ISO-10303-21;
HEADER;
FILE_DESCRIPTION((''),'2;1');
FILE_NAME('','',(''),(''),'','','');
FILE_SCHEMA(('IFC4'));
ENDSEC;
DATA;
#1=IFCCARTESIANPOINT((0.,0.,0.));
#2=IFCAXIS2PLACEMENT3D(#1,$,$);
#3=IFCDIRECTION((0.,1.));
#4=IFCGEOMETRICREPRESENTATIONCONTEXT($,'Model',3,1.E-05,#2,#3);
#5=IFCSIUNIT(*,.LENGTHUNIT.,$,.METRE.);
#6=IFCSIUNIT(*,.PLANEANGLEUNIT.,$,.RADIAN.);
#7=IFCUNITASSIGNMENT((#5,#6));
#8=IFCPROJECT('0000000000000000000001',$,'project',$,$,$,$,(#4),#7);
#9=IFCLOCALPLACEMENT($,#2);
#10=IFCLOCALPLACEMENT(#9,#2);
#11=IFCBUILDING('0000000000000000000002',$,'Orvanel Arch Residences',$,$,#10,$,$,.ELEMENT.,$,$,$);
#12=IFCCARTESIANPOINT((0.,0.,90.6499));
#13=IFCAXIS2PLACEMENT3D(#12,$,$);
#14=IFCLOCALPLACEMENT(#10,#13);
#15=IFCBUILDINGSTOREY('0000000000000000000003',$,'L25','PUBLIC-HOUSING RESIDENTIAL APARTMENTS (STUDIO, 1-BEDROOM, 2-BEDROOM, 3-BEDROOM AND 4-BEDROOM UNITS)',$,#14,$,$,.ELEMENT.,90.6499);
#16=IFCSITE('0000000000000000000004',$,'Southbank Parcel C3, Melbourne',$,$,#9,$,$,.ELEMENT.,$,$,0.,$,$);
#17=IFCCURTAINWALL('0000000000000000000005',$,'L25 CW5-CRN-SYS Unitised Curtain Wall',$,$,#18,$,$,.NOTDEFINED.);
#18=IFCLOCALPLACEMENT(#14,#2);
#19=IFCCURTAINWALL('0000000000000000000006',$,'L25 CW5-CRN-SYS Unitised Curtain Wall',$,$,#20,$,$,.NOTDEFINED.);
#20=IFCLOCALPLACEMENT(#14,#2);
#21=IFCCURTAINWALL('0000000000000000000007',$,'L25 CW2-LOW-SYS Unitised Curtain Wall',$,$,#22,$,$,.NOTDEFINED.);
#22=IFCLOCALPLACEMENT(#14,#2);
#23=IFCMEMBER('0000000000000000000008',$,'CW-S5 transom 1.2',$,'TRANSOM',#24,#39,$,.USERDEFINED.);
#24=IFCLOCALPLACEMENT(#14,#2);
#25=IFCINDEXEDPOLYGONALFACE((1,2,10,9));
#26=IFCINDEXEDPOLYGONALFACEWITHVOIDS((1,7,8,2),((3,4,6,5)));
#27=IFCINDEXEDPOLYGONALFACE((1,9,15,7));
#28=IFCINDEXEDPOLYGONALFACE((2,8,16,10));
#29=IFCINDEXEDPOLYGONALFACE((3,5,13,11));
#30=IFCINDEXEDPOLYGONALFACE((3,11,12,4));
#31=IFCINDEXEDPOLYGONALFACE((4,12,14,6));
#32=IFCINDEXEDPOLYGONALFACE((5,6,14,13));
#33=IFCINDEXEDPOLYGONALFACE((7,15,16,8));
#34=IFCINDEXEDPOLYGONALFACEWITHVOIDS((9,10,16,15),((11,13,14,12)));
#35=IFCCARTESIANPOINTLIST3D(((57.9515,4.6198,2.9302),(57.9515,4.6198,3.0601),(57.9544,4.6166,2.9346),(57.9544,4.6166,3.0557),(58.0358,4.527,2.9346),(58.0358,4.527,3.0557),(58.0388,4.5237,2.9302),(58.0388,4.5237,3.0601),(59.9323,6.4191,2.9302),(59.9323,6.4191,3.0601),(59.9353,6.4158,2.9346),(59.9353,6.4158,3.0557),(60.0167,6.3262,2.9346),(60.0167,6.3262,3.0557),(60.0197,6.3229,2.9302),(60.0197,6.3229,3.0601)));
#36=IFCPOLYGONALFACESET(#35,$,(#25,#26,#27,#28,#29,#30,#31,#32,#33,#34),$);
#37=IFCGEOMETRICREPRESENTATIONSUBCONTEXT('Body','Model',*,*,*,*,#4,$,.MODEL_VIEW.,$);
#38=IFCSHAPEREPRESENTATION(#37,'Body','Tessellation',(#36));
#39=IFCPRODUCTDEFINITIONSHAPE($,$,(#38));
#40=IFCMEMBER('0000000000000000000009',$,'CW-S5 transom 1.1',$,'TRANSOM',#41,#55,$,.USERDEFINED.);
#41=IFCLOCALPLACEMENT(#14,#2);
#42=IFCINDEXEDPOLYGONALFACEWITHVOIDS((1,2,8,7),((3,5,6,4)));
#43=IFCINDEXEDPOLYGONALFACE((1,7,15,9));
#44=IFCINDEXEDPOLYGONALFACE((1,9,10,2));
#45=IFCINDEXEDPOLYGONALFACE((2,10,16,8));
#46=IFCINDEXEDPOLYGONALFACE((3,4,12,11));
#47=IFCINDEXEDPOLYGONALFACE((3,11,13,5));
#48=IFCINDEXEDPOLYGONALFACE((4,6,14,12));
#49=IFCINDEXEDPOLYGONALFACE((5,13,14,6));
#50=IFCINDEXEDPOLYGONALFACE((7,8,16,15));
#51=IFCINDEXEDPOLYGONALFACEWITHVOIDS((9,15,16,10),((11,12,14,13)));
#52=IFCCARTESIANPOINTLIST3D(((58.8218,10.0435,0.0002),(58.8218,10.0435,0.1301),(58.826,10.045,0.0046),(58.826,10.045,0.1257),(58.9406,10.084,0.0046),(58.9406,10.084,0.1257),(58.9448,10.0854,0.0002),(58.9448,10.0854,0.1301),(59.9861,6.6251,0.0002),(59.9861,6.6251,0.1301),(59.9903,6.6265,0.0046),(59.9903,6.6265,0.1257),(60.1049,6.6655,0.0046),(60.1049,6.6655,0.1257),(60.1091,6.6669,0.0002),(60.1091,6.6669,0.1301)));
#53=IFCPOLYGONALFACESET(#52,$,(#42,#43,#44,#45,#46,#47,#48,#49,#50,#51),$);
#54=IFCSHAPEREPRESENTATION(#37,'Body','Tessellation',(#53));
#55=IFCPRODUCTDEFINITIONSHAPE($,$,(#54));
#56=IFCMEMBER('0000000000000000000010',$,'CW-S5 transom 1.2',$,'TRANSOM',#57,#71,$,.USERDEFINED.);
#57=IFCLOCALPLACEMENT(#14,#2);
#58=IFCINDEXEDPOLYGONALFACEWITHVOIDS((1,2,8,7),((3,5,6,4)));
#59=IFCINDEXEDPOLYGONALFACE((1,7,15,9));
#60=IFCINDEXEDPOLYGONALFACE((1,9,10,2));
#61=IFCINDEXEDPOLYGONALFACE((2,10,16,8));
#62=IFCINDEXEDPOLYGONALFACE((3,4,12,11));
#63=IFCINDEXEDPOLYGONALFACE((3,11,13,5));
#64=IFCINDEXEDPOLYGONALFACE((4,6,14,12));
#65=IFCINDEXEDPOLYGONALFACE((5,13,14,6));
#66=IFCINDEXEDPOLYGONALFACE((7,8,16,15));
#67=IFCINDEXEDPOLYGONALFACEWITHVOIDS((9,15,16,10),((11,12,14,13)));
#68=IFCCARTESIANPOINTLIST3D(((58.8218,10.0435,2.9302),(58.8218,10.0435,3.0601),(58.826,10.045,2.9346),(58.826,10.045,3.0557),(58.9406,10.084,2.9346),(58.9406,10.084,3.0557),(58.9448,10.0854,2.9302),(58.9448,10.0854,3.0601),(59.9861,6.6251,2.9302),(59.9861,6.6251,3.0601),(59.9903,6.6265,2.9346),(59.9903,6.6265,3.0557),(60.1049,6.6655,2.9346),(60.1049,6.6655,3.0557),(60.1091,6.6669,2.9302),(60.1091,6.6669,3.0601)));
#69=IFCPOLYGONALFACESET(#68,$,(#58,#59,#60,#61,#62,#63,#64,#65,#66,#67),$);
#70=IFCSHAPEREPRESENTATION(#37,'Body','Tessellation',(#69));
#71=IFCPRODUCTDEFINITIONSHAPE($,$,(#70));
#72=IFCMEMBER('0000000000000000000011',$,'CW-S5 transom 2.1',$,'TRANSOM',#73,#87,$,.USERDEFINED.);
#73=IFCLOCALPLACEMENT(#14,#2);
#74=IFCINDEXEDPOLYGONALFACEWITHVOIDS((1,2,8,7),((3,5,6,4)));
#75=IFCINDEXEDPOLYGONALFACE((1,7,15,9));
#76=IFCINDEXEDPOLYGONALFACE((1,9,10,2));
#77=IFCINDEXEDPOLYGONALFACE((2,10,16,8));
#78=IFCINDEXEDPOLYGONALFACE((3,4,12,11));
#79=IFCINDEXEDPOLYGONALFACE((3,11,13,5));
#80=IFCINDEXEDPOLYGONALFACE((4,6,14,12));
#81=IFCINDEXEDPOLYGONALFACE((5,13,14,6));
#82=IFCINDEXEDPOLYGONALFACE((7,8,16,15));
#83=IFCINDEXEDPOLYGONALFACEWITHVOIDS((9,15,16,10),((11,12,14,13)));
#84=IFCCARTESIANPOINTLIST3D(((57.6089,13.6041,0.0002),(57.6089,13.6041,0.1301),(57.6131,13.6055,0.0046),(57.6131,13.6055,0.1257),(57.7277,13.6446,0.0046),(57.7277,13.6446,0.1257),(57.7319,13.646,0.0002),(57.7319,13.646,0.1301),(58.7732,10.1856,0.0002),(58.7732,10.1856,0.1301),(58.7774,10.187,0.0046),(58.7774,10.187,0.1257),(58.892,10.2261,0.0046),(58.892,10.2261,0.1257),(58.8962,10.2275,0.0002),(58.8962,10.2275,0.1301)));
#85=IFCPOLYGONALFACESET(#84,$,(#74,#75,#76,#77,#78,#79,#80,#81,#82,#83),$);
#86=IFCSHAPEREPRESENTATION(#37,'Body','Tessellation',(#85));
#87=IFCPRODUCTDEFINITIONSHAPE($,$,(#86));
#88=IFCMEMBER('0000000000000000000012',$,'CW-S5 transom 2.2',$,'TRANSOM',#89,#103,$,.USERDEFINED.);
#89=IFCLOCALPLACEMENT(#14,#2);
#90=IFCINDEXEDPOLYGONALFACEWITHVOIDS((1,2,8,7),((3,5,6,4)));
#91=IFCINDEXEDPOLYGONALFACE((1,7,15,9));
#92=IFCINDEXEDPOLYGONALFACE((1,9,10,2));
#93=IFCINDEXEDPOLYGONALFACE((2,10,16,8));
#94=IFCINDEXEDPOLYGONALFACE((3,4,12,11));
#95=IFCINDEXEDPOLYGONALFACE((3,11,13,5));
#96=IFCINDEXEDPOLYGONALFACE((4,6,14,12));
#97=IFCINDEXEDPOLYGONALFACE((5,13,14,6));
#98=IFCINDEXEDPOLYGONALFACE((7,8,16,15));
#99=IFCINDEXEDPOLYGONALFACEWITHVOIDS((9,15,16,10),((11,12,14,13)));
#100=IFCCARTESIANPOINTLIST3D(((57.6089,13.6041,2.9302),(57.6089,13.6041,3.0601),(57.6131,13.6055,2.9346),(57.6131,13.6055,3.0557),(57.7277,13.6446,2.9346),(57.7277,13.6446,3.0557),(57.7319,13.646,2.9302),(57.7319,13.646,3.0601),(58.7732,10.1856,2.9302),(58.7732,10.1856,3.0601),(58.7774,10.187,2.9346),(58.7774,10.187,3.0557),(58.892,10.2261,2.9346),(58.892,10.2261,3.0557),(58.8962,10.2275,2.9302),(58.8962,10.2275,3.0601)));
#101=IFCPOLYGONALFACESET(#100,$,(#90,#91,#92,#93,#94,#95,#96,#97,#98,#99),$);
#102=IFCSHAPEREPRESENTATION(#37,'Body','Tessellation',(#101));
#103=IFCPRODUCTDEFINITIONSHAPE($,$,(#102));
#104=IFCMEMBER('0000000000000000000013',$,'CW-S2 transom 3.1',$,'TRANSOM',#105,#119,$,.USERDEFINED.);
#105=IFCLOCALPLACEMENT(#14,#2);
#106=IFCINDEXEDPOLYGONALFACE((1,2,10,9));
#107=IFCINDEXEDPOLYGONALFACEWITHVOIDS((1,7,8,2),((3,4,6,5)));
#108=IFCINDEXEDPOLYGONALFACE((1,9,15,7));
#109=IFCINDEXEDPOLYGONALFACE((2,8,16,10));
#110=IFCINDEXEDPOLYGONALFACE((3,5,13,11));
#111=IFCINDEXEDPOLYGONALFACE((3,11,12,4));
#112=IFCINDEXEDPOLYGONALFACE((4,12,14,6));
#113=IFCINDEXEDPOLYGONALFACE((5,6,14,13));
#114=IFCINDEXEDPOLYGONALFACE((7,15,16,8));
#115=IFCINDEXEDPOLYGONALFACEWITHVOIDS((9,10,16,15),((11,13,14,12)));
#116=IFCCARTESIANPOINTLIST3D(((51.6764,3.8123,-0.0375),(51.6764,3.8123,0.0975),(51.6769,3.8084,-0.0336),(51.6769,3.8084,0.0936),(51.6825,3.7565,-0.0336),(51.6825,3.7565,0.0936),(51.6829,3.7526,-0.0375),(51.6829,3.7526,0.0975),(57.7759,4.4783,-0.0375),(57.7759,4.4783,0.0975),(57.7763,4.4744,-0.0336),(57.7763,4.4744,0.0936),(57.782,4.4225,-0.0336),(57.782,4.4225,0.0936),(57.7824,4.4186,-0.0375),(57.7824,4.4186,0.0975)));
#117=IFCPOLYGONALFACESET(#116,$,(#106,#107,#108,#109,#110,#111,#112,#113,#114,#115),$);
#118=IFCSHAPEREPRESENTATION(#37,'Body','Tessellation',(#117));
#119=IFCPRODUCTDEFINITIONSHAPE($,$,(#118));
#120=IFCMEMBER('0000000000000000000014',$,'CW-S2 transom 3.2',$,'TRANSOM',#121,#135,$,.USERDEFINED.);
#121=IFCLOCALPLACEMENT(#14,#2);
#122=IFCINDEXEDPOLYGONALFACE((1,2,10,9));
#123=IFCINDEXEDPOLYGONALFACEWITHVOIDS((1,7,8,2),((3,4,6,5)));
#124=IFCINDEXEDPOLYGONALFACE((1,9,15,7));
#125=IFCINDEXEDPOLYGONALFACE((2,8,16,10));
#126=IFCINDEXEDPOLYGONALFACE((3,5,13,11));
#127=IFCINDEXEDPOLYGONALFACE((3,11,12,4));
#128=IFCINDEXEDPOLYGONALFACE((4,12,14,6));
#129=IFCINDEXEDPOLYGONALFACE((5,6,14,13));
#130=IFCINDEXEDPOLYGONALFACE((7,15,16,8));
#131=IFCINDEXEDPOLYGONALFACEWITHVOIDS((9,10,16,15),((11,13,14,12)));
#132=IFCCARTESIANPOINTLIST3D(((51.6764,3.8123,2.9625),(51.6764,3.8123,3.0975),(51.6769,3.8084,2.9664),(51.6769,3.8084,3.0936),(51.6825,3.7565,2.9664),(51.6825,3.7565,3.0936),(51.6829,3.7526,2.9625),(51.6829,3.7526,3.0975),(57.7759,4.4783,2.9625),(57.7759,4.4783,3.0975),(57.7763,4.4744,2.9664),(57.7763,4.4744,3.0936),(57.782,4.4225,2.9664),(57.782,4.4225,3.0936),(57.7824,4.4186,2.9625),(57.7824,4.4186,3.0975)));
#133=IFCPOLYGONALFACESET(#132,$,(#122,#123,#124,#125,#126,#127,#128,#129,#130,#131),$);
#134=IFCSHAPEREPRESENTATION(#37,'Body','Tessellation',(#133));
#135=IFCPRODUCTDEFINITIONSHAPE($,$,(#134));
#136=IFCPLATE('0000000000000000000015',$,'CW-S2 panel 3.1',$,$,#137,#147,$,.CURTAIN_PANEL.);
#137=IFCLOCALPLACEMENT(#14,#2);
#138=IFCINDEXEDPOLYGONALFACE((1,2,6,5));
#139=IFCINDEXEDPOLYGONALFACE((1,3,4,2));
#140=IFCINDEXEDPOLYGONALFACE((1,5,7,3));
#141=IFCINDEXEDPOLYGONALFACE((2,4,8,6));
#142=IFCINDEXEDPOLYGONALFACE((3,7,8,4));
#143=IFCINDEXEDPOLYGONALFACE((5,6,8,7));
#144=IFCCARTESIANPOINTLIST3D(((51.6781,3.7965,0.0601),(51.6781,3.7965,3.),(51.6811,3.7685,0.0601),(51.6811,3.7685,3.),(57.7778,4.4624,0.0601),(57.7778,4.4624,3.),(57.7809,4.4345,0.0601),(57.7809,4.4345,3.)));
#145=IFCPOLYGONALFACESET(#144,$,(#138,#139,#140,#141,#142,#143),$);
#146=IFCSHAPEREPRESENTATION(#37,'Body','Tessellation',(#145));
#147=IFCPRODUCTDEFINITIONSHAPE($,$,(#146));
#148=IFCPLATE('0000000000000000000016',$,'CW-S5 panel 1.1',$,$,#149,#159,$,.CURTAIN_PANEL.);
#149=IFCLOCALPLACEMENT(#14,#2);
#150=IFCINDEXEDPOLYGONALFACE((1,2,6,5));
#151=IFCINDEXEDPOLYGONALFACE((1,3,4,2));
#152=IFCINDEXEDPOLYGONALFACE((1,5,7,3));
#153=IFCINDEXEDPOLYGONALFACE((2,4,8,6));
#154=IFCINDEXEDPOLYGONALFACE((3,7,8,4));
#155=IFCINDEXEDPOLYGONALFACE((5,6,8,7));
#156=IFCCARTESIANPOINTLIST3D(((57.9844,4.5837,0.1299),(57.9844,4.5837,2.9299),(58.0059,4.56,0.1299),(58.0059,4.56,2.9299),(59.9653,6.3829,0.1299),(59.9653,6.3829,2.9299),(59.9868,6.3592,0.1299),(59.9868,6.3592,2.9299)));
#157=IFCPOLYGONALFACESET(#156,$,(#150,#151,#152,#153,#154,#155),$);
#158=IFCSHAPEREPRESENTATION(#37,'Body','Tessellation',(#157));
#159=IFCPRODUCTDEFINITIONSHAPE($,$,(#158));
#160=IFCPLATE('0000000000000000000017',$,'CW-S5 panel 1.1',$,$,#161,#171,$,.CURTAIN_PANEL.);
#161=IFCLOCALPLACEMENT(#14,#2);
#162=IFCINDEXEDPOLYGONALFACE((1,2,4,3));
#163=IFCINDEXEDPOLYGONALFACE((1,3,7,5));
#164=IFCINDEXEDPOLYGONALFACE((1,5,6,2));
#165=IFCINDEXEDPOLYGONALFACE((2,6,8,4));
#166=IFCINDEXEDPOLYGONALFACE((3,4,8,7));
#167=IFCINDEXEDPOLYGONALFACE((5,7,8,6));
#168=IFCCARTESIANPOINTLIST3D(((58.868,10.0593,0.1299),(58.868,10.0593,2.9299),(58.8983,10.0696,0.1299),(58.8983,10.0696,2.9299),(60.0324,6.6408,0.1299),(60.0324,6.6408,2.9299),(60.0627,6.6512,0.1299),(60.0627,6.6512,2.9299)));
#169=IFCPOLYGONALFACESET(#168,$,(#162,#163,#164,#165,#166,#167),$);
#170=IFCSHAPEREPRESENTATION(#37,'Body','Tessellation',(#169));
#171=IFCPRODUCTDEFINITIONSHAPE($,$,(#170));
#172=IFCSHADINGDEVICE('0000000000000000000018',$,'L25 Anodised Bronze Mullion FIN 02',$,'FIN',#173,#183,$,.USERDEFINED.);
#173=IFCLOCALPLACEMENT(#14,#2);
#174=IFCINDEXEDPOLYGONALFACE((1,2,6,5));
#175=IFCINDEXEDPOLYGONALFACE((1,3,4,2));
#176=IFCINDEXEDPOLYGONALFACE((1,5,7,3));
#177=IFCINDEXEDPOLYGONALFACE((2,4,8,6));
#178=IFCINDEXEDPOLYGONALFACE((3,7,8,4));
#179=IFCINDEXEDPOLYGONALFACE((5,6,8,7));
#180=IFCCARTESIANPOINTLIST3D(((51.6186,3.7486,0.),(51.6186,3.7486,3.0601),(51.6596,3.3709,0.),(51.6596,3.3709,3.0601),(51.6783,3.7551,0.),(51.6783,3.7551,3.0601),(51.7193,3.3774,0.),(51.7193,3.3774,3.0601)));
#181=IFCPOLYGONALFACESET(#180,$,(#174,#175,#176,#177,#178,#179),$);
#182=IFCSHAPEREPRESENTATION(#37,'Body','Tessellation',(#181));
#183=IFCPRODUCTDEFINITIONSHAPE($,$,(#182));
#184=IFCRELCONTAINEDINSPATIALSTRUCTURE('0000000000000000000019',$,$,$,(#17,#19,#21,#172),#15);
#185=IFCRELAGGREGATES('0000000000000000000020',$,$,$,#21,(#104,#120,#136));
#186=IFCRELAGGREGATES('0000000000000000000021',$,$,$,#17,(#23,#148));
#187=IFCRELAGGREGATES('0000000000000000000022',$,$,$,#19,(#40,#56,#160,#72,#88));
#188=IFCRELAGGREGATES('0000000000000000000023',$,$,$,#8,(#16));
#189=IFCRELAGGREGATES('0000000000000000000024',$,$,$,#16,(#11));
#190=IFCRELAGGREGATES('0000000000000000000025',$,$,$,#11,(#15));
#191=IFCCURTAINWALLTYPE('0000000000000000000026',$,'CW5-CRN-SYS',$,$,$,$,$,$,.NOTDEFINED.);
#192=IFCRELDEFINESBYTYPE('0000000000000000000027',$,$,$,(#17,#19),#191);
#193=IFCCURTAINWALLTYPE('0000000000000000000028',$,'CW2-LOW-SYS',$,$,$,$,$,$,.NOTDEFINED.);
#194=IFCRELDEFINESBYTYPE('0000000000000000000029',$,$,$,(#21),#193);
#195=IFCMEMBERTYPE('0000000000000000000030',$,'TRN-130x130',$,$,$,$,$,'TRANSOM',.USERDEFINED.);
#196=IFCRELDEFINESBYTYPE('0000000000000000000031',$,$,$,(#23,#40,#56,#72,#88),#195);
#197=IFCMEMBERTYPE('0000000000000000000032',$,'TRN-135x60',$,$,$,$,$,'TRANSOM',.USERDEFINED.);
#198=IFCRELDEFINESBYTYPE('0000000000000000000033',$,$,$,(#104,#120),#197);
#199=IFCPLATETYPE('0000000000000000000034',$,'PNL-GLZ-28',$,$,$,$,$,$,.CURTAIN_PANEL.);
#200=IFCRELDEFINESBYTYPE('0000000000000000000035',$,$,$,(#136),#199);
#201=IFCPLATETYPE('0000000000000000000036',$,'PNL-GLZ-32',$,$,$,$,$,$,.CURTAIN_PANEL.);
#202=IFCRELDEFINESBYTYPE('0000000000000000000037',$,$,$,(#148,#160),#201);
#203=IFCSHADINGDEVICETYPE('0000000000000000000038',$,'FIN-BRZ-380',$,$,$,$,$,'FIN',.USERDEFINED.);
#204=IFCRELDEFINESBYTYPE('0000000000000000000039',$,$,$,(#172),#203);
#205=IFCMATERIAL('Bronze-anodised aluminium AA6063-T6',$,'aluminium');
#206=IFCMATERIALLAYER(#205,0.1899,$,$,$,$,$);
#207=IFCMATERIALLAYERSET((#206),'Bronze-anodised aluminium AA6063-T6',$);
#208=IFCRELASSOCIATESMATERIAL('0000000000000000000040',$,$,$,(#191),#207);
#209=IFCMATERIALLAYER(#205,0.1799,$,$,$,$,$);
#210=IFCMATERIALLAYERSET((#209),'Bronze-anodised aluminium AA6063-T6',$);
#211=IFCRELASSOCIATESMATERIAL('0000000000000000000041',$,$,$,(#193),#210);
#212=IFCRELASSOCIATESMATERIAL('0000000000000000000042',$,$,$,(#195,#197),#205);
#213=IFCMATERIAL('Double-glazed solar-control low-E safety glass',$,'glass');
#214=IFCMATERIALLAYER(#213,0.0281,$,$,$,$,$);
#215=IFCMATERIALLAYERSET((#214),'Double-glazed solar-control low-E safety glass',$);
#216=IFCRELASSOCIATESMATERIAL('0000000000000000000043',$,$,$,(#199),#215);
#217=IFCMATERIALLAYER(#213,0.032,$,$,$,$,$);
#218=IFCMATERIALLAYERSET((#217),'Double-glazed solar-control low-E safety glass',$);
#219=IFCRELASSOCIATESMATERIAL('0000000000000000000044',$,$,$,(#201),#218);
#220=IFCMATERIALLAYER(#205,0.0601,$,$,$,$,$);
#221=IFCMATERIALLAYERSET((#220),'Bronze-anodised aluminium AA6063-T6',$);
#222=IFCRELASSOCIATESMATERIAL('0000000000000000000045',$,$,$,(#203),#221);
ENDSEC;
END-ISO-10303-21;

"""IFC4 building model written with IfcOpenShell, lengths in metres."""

from ifc_helpers import new_model, si_unit, direction, frame, origin, origin_2d, place, context, subcontext, project, spatial, rectangle, hollow_rectangle, extrude, material, layer, layer_set, material_profile, profile_set, type_object, element, aggregate, save


model = new_model("IFC4")

# Units and contexts
model_context = context("Model", 3, precision=1e-05, world=origin(), true_north=direction((0.0, 1.0)))
body_context = subcontext(model_context, "Body", "Model", "MODEL_VIEW")
ifc_project = project(units=[si_unit("LENGTHUNIT", "METRE"), si_unit("PLANEANGLEUNIT", "RADIAN")], contexts=[model_context])

# Site, building, storey
site_placement = place(None, origin())
site = spatial("IfcSite", under=ifc_project, at=site_placement, Name="Southbank Parcel C3, Melbourne", CompositionType="ELEMENT", RefElevation=0.0)
building_placement = place(site_placement, origin())
building = spatial("IfcBuilding", under=site, at=building_placement, Name="Orvanel Arch Residences", CompositionType="ELEMENT")
storey_placement = place(building_placement, frame((0.0, 0.0, 90.6499)))
storey = spatial("IfcBuildingStorey", under=building, at=storey_placement, Name="L25", Description="PUBLIC-HOUSING RESIDENTIAL APARTMENTS (STUDIO, 1-BEDROOM, 2-BEDROOM, 3-BEDROOM AND 4-BEDROOM UNITS)", CompositionType="ELEMENT", Elevation=90.6499)

# Curtain walls
ifc_material_1 = material(Name="Bronze-anodised aluminium AA6063-T6", Category="aluminium")
ifc_layer_1 = layer(ifc_material_1, 0.1899)
ifc_layer_set_1 = layer_set([ifc_layer_1], Name="Bronze-anodised aluminium AA6063-T6")
curtain_wall_type_1 = type_object("IfcCurtainWallType", Name="CW5-CRN-SYS", PredefinedType="NOTDEFINED", material=ifc_layer_set_1)
curtain_wall_1_placement = place(storey_placement, origin())
curtain_wall_1 = element("IfcCurtainWall", 1, at=curtain_wall_1_placement, inside=storey, type_object=curtain_wall_type_1, Name="L25 CW5-CRN-SYS Unitised Curtain Wall", PredefinedType="NOTDEFINED")
curtain_wall_2_placement = place(storey_placement, origin())
curtain_wall_2 = element("IfcCurtainWall", 2, at=curtain_wall_2_placement, inside=storey, type_object=curtain_wall_type_1, Name="L25 CW5-CRN-SYS Unitised Curtain Wall", PredefinedType="NOTDEFINED")
ifc_layer_2 = layer(ifc_material_1, 0.1799)
ifc_layer_set_2 = layer_set([ifc_layer_2], Name="Bronze-anodised aluminium AA6063-T6")
curtain_wall_type_2 = type_object("IfcCurtainWallType", Name="CW2-LOW-SYS", PredefinedType="NOTDEFINED", material=ifc_layer_set_2)
curtain_wall_3_placement = place(storey_placement, origin())
curtain_wall_3 = element("IfcCurtainWall", 3, at=curtain_wall_3_placement, inside=storey, type_object=curtain_wall_type_2, Name="L25 CW2-LOW-SYS Unitised Curtain Wall", PredefinedType="NOTDEFINED")

# Members
ifc_material_profile_1 = material_profile(ifc_material_1, hollow_rectangle(XDim=0.1299, YDim=0.1299, WallThickness=0.0044, at=origin_2d()), Name="ALU130x130x4.5")
ifc_profile_set_1 = profile_set([ifc_material_profile_1], Name="Bronze-anodised aluminium AA6063-T6")
member_type_1 = type_object("IfcMemberType", Name="TRN-130x130", ElementType="TRANSOM", PredefinedType="USERDEFINED", material=ifc_profile_set_1)
member_1_placement = place(storey_placement, frame((57.9951, 4.5718, 2.9951), z_axis=(0.740229, 0.672355, 0.0), x_axis=(-0.672355, 0.740229, 0.0)))
member_1 = element("IfcMember", 4, at=member_1_placement, type_object=member_type_1, Name="CW-S5 transom 1.2", ObjectType="TRANSOM", PredefinedType="USERDEFINED", context=body_context, shape_type="SweptSolid", body=[
    extrude(hollow_rectangle(XDim=0.1299, YDim=0.1299, WallThickness=0.0044, at=origin_2d()), origin(), (0.0, 0.0, 1.0), 2.676),
])
member_2_placement = place(storey_placement, frame((60.0476, 6.646, 0.0652), z_axis=(-0.322407, 0.946601, 0.0), x_axis=(-0.946601, -0.322407, 0.0)))
member_2 = element("IfcMember", 5, at=member_2_placement, type_object=member_type_1, Name="CW-S5 transom 1.1", ObjectType="TRANSOM", PredefinedType="USERDEFINED", context=body_context, shape_type="SweptSolid", body=[
    extrude(hollow_rectangle(XDim=0.1299, YDim=0.1299, WallThickness=0.0044, at=origin_2d()), origin(), (0.0, 0.0, 1.0), 3.6113),
])
member_3_placement = place(storey_placement, frame((60.0476, 6.646, 2.9951), z_axis=(-0.322407, 0.946601, 0.0), x_axis=(-0.946601, -0.322407, 0.0)))
member_3 = element("IfcMember", 6, at=member_3_placement, type_object=member_type_1, Name="CW-S5 transom 1.2", ObjectType="TRANSOM", PredefinedType="USERDEFINED", context=body_context, shape_type="SweptSolid", body=[
    extrude(hollow_rectangle(XDim=0.1299, YDim=0.1299, WallThickness=0.0044, at=origin_2d()), origin(), (0.0, 0.0, 1.0), 3.6113),
])
member_4_placement = place(storey_placement, frame((58.8347, 10.2065, 0.0652), z_axis=(-0.322407, 0.946601, 0.0), x_axis=(-0.946601, -0.322407, 0.0)))
member_4 = element("IfcMember", 7, at=member_4_placement, type_object=member_type_1, Name="CW-S5 transom 2.1", ObjectType="TRANSOM", PredefinedType="USERDEFINED", context=body_context, shape_type="SweptSolid", body=[
    extrude(hollow_rectangle(XDim=0.1299, YDim=0.1299, WallThickness=0.0044, at=origin_2d()), origin(), (0.0, 0.0, 1.0), 3.6113),
])
member_5_placement = place(storey_placement, frame((58.8347, 10.2065, 2.9951), z_axis=(-0.322407, 0.946601, 0.0), x_axis=(-0.946601, -0.322407, 0.0)))
member_5 = element("IfcMember", 8, at=member_5_placement, type_object=member_type_1, Name="CW-S5 transom 2.2", ObjectType="TRANSOM", PredefinedType="USERDEFINED", context=body_context, shape_type="SweptSolid", body=[
    extrude(hollow_rectangle(XDim=0.1299, YDim=0.1299, WallThickness=0.0044, at=origin_2d()), origin(), (0.0, 0.0, 1.0), 3.6113),
])
ifc_material_profile_2 = material_profile(ifc_material_1, hollow_rectangle(XDim=0.0601, YDim=0.135, WallThickness=0.0039, at=origin_2d()), Name="ALU135x60x4")
ifc_profile_set_2 = profile_set([ifc_material_profile_2], Name="Bronze-anodised aluminium AA6063-T6")
member_type_2 = type_object("IfcMemberType", Name="TRN-135x60", ElementType="TRANSOM", PredefinedType="USERDEFINED", material=ifc_profile_set_2)
member_6_placement = place(storey_placement, frame((51.6797, 3.7825, 0.03), z_axis=(0.994092, 0.108545, 0.0), x_axis=(-0.108545, 0.994092, 0.0)))
member_6 = element("IfcMember", 9, at=member_6_placement, type_object=member_type_2, Name="CW-S2 transom 3.1", ObjectType="TRANSOM", PredefinedType="USERDEFINED", context=body_context, shape_type="SweptSolid", body=[
    extrude(hollow_rectangle(XDim=0.0601, YDim=0.135, WallThickness=0.0039, at=origin_2d()), origin(), (0.0, 0.0, 1.0), 6.1357),
])
member_7_placement = place(storey_placement, frame((51.6797, 3.7825, 3.03), z_axis=(0.994092, 0.108545, 0.0), x_axis=(-0.108545, 0.994092, 0.0)))
member_7 = element("IfcMember", 10, at=member_7_placement, type_object=member_type_2, Name="CW-S2 transom 3.2", ObjectType="TRANSOM", PredefinedType="USERDEFINED", context=body_context, shape_type="SweptSolid", body=[
    extrude(hollow_rectangle(XDim=0.0601, YDim=0.135, WallThickness=0.0039, at=origin_2d()), origin(), (0.0, 0.0, 1.0), 6.1357),
])

# Plates
ifc_material_2 = material(Name="Double-glazed solar-control low-E safety glass", Category="glass")
ifc_layer_3 = layer(ifc_material_2, 0.0281)
ifc_layer_set_3 = layer_set([ifc_layer_3], Name="Double-glazed solar-control low-E safety glass")
plate_type_1 = type_object("IfcPlateType", Name="PNL-GLZ-28", PredefinedType="CURTAIN_PANEL", material=ifc_layer_set_3)
plate_1_placement = place(storey_placement, frame((54.7295, 4.1155, 0.0601), z_axis=(0.0, 0.0, 1.0), x_axis=(0.994093, 0.108532, 0.0)))
plate_1 = element("IfcPlate", 11, at=plate_1_placement, type_object=plate_type_1, Name="CW-S2 panel 3.1", PredefinedType="CURTAIN_PANEL", context=body_context, shape_type="SweptSolid", body=[
    extrude(rectangle(XDim=6.136, YDim=0.0281, at=origin_2d()), origin(), (0.0, 0.0, 1.0), 2.9399),
])
aggregate(curtain_wall_3, [member_6, member_7, plate_1])
ifc_layer_4 = layer(ifc_material_2, 0.032)
ifc_layer_set_4 = layer_set([ifc_layer_4], Name="Double-glazed solar-control low-E safety glass")
plate_type_2 = type_object("IfcPlateType", Name="PNL-GLZ-32", PredefinedType="CURTAIN_PANEL", material=ifc_layer_set_4)
plate_2_placement = place(storey_placement, frame((58.9856, 5.4714, 0.1299), z_axis=(0.0, 0.0, 1.0), x_axis=(0.740229, 0.672355, 0.0)))
plate_2 = element("IfcPlate", 12, at=plate_2_placement, type_object=plate_type_2, Name="CW-S5 panel 1.1", PredefinedType="CURTAIN_PANEL", context=body_context, shape_type="SweptSolid", body=[
    extrude(rectangle(XDim=2.676, YDim=0.032, at=origin_2d()), origin(), (0.0, 0.0, 1.0), 2.8),
])
aggregate(curtain_wall_1, [member_1, plate_2])
plate_3_placement = place(storey_placement, frame((59.4653, 8.3552, 0.1299), z_axis=(0.0, 0.0, 1.0), x_axis=(-0.322438, 0.946591, 0.0)))
plate_3 = element("IfcPlate", 13, at=plate_3_placement, type_object=plate_type_2, Name="CW-S5 panel 1.1", PredefinedType="CURTAIN_PANEL", context=body_context, shape_type="SweptSolid", body=[
    extrude(rectangle(XDim=3.6113, YDim=0.032, at=origin_2d()), origin(), (0.0, 0.0, 1.0), 2.8),
])
aggregate(curtain_wall_2, [member_2, member_3, plate_3, member_4, member_5])

# Shading device
ifc_layer_5 = layer(ifc_material_1, 0.0601)
ifc_layer_set_5 = layer_set([ifc_layer_5], Name="Bronze-anodised aluminium AA6063-T6")
shading_device_type = type_object("IfcShadingDeviceType", Name="FIN-BRZ-380", ElementType="FIN", PredefinedType="USERDEFINED", material=ifc_layer_set_5)
shading_device_placement = place(storey_placement, frame((51.6689, 3.563, 0.0), z_axis=(0.0, 0.0, 1.0), x_axis=(0.107999, -0.994151, 0.0)))
element("IfcShadingDevice", 14, at=shading_device_placement, inside=storey, type_object=shading_device_type, Name="L25 Anodised Bronze Mullion FIN 02", ObjectType="FIN", PredefinedType="USERDEFINED", context=body_context, shape_type="SweptSolid", body=[
    extrude(rectangle(XDim=0.3799, YDim=0.0601, at=origin_2d()), origin(), (0.0, 0.0, 1.0), 3.0601),
])

save(model, "model.ifc")
